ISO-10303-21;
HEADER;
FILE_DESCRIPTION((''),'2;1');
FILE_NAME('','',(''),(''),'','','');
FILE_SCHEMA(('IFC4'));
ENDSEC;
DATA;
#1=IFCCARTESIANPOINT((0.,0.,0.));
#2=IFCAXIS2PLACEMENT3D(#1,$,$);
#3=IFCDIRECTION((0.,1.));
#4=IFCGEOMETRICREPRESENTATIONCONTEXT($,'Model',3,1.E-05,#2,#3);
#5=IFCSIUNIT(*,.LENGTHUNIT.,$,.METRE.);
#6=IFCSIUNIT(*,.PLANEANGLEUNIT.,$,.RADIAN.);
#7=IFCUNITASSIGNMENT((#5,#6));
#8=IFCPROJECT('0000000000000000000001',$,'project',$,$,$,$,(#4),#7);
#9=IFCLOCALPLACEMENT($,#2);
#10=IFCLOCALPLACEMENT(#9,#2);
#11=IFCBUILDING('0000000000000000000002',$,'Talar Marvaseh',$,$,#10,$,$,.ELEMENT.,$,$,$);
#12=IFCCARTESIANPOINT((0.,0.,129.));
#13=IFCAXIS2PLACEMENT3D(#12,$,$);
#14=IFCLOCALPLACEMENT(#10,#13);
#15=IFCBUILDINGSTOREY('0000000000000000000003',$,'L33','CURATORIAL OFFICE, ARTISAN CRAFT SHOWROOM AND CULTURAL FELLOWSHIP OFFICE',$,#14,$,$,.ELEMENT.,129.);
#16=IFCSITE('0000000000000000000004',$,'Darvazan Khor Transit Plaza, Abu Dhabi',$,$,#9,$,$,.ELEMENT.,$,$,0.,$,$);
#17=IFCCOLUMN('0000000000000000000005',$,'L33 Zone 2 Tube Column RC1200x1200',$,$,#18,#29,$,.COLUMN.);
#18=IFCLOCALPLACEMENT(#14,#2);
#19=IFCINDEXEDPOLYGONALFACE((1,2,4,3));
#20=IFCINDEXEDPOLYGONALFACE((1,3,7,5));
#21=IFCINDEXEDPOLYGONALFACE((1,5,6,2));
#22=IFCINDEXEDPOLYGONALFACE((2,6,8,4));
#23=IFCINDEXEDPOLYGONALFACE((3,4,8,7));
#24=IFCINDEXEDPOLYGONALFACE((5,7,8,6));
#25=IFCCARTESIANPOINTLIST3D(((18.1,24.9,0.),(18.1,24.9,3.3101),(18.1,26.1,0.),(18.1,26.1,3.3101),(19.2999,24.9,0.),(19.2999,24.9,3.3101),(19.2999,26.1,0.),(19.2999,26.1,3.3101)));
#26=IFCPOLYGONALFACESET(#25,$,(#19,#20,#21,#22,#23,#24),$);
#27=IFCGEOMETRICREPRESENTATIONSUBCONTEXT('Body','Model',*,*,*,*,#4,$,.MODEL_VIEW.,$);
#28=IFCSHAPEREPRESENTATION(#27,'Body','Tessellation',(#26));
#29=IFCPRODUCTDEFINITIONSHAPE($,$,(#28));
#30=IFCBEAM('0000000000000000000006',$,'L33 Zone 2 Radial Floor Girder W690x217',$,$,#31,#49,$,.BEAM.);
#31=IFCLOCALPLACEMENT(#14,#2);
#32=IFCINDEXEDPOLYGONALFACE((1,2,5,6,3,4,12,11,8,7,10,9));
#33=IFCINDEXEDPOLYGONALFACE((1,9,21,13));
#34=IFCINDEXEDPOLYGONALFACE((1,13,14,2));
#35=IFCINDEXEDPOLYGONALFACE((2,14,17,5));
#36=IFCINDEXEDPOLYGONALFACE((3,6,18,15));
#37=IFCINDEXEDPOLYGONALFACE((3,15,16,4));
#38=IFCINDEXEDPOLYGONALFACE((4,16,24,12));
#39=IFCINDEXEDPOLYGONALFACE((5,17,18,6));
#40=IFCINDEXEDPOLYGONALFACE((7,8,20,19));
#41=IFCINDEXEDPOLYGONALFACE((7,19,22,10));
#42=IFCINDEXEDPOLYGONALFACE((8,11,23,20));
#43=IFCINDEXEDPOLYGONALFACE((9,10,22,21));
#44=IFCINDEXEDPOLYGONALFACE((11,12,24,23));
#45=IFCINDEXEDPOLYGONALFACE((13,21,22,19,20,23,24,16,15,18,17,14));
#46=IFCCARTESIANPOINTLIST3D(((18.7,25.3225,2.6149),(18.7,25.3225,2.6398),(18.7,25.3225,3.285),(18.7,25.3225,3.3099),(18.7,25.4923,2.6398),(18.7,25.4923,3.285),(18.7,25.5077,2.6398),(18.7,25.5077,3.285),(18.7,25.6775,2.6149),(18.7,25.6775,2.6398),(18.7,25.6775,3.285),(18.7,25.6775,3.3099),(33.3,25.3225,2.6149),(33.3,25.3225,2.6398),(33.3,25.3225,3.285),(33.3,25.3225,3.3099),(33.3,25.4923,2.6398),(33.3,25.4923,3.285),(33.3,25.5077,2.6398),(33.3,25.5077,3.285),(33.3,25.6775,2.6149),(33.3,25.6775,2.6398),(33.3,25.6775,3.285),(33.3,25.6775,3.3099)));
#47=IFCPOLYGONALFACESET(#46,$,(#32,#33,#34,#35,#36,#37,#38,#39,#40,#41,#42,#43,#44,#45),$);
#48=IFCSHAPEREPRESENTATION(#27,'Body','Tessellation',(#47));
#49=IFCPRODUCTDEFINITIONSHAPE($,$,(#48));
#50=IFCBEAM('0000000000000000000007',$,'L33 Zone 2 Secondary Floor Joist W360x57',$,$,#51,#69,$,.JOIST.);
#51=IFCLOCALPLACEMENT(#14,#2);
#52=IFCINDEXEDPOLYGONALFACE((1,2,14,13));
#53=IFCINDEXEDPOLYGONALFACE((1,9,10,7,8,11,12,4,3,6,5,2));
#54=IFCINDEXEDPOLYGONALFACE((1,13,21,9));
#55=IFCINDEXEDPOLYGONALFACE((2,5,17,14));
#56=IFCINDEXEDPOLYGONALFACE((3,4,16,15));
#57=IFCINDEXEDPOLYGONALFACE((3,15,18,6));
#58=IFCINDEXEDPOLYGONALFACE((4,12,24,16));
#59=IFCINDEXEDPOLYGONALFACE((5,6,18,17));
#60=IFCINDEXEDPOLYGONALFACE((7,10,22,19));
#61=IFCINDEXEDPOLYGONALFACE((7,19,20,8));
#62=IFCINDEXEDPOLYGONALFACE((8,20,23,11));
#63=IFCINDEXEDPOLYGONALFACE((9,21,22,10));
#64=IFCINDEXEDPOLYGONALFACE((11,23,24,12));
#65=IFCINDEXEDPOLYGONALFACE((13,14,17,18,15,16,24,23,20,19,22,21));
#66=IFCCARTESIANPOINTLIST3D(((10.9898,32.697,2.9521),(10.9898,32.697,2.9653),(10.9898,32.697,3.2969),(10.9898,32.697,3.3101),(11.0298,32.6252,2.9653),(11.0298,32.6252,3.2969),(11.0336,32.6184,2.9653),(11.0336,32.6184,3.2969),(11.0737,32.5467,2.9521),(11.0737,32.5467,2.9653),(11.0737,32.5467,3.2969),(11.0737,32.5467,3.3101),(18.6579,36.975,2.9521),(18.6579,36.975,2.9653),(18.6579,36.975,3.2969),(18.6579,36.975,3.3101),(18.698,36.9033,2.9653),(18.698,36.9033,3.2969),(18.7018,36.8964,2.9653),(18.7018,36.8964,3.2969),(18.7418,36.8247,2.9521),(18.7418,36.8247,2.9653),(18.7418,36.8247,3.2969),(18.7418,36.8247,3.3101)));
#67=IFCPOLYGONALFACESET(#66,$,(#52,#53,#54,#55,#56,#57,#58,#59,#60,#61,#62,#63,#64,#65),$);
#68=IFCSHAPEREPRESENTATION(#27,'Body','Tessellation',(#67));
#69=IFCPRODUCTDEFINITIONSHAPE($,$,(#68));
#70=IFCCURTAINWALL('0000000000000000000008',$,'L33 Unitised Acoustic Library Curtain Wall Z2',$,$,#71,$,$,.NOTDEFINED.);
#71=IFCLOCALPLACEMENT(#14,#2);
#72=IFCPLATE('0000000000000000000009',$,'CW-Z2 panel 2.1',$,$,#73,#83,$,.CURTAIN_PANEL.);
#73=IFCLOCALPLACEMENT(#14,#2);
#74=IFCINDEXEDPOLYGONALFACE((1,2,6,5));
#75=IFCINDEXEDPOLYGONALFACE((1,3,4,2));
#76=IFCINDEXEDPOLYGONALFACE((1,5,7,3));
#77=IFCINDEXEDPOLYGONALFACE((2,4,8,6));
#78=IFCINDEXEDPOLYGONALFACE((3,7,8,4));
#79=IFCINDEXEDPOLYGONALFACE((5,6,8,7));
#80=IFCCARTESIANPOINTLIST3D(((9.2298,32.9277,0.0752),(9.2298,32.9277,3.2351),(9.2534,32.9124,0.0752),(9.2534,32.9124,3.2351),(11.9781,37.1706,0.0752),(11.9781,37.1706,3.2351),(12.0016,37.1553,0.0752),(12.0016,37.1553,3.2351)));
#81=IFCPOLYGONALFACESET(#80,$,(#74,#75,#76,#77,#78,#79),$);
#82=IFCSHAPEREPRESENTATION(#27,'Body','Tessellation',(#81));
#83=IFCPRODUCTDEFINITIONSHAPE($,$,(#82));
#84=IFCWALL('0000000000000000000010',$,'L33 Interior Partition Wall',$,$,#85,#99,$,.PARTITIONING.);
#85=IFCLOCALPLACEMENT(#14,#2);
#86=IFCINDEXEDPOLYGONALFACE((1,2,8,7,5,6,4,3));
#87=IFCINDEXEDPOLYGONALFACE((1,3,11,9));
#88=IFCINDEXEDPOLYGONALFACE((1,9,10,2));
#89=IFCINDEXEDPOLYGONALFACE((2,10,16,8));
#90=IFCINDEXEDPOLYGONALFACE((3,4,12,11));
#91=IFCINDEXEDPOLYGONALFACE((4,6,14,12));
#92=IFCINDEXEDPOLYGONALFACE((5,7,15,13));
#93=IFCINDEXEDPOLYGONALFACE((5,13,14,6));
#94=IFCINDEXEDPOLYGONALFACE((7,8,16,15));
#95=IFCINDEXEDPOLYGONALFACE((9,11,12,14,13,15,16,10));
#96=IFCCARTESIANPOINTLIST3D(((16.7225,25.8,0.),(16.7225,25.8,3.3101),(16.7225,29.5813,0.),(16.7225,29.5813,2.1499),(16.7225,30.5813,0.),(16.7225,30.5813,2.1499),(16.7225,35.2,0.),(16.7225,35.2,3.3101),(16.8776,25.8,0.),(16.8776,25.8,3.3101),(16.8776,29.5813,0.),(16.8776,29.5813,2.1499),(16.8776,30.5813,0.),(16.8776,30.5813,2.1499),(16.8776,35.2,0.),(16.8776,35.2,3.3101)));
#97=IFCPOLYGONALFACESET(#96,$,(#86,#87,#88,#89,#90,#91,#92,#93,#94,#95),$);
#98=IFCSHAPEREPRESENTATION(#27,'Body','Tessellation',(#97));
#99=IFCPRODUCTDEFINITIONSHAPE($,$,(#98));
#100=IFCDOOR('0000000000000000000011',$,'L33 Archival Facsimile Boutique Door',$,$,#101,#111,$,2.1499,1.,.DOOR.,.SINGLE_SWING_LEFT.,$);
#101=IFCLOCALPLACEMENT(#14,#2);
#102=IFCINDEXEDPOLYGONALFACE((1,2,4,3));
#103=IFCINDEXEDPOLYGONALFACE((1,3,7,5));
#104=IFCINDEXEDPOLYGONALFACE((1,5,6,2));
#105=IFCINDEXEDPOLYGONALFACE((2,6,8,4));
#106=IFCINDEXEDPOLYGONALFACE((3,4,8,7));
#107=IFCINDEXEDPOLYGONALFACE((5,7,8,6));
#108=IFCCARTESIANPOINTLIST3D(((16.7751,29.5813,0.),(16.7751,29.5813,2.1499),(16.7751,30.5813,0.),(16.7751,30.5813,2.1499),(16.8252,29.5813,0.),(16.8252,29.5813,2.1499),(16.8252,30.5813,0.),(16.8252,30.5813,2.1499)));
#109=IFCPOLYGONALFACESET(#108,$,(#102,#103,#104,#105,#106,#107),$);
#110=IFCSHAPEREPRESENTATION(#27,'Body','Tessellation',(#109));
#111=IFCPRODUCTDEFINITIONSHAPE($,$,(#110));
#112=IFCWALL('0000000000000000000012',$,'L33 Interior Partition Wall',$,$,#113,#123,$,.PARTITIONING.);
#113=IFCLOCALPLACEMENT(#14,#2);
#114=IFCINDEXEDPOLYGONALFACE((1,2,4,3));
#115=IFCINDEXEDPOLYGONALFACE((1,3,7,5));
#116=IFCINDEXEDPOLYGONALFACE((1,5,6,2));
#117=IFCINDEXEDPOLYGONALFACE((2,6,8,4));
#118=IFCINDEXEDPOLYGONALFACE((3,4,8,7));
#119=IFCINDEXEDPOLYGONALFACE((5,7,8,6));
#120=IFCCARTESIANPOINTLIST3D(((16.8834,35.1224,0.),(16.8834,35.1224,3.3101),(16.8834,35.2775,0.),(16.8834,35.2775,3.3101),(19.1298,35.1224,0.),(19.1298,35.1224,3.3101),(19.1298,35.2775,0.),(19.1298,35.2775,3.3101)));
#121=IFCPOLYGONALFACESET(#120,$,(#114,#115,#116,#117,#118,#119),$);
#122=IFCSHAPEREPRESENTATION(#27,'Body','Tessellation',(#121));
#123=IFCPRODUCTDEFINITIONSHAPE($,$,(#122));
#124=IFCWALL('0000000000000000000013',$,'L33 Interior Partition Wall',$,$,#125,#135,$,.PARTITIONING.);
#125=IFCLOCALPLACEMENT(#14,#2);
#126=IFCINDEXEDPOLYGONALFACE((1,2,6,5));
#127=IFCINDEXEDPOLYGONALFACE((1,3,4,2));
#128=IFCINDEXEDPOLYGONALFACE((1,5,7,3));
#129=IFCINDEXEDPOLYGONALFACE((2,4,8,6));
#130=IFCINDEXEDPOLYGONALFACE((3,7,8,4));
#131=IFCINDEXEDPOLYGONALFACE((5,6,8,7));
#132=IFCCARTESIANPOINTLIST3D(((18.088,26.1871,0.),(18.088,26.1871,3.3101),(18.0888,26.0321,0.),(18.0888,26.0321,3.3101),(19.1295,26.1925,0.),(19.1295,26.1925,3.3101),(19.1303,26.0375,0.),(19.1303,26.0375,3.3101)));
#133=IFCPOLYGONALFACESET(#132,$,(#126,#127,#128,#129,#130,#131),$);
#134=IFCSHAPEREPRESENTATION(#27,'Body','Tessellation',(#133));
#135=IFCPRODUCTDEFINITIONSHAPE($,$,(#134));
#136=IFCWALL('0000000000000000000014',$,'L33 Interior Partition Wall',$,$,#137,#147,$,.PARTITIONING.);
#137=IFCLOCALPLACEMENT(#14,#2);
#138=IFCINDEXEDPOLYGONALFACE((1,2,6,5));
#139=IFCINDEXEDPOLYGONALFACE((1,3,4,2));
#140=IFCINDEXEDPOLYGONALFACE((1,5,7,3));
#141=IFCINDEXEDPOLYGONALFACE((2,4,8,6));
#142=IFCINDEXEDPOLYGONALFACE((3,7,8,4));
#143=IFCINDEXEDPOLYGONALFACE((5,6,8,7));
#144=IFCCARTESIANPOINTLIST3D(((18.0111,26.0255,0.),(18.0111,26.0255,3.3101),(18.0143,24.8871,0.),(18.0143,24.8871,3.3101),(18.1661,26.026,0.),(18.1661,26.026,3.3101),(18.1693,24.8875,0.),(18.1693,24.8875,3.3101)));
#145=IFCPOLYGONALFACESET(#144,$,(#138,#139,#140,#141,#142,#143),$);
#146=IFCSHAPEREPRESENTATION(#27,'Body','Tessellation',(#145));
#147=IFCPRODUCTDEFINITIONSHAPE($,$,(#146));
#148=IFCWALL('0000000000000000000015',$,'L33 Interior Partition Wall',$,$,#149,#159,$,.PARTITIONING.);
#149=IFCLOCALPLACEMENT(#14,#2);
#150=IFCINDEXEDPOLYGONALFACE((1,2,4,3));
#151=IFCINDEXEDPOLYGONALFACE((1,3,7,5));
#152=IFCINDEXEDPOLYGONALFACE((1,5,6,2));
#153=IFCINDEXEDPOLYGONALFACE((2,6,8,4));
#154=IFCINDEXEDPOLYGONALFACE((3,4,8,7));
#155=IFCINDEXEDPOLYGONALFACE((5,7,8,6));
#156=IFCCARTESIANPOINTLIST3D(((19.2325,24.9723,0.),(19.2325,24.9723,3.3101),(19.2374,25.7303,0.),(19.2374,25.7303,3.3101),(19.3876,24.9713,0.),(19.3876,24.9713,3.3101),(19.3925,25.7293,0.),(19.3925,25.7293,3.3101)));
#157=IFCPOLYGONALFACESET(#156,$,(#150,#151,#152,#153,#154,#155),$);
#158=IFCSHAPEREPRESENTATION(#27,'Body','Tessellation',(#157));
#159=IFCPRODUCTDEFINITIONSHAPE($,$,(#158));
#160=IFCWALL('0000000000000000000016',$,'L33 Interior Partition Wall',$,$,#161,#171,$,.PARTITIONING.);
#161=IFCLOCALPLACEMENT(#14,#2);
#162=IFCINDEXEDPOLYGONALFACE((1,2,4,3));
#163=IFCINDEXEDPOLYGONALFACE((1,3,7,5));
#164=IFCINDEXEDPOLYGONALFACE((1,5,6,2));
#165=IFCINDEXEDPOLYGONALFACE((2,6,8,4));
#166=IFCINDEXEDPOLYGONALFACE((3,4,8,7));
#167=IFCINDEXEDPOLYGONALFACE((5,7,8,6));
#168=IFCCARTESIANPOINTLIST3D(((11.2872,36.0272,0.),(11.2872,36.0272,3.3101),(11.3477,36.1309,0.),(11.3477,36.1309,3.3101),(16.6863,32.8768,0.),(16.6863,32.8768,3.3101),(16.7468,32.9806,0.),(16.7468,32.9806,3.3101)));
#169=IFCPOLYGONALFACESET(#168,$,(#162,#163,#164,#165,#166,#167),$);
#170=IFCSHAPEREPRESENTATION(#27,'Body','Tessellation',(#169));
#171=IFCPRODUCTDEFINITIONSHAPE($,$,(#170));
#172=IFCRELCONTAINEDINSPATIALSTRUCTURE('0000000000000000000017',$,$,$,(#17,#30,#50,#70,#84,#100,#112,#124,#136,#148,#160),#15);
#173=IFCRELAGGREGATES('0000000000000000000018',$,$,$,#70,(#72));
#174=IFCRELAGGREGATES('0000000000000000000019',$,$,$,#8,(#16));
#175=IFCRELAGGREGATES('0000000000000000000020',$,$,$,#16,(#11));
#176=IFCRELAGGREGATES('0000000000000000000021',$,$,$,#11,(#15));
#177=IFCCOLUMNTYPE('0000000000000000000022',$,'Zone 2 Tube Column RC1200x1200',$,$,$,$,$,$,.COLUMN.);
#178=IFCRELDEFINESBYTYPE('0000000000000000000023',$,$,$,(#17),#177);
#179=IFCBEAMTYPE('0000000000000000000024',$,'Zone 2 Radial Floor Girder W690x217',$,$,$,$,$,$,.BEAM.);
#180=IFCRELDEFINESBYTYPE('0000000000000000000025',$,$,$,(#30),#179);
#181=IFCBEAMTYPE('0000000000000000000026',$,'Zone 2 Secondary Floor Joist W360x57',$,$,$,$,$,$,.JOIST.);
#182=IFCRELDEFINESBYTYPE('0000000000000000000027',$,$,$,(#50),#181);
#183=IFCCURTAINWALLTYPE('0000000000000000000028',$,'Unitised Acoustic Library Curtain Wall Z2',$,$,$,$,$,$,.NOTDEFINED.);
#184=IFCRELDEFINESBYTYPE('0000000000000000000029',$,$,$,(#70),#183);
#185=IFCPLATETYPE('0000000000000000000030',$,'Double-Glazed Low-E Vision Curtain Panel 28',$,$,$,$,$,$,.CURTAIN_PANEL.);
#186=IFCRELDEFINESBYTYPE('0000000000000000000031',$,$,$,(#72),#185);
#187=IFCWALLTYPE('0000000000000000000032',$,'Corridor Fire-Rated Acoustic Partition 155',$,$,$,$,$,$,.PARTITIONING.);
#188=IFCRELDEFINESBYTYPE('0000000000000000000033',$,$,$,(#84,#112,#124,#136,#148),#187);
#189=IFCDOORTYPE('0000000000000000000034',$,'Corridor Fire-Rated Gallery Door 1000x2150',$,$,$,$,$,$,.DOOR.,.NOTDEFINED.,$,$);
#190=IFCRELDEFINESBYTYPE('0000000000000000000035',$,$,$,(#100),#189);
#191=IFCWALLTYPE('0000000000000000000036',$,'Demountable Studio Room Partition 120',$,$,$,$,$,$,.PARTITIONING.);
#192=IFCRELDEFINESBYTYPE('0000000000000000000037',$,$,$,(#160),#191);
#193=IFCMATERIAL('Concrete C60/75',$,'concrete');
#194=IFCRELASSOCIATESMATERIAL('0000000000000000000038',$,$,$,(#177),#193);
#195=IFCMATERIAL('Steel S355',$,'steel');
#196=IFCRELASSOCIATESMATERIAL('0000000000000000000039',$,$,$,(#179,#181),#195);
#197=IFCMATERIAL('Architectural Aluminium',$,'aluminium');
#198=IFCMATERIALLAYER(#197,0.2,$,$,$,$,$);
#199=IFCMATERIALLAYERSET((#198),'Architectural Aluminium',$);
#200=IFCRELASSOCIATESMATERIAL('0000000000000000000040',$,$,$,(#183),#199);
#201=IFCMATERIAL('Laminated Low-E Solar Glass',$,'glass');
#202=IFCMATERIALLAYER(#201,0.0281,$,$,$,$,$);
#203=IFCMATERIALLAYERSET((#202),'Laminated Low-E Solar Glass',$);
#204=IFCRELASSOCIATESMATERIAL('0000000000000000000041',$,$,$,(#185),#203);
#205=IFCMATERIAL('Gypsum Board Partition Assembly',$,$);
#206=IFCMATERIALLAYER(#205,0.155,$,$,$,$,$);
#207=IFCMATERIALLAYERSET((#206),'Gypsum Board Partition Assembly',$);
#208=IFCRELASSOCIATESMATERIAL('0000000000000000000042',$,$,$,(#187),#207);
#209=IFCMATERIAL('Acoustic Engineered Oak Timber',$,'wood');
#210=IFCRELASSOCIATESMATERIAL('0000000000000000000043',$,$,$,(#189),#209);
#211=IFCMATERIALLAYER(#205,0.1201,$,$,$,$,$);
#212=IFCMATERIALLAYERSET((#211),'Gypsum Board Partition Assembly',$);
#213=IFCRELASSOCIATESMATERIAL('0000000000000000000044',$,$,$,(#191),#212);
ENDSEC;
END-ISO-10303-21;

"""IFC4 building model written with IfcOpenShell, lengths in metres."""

from ifc_helpers import new_model, si_unit, direction, frame, frame_2d, origin, origin_2d, place, context, subcontext, project, spatial, rectangle, i_section, extrude, source, transform, mapped, material, layer, layer_set, material_profile, profile_set, type_object, type_shapes, element, fill, aggregate, save


model = new_model("IFC4")

# Units and contexts
model_context = context("Model", 3, precision=1e-05, world=origin(), true_north=direction((0.0, 1.0)))
body_context = subcontext(model_context, "Body", "Model", "MODEL_VIEW")
ifc_project = project(units=[si_unit("LENGTHUNIT", "METRE"), si_unit("PLANEANGLEUNIT", "RADIAN")], contexts=[model_context])

# Site, building, storey
site_placement = place(None, origin())
site = spatial("IfcSite", under=ifc_project, at=site_placement, Name="Darvazan Khor Transit Plaza, Abu Dhabi", CompositionType="ELEMENT", RefElevation=0.0)
building_placement = place(site_placement, origin())
building = spatial("IfcBuilding", under=site, at=building_placement, Name="Talar Marvaseh", CompositionType="ELEMENT")
storey_placement = place(building_placement, frame((0.0, 0.0, 129.0)))
storey = spatial("IfcBuildingStorey", under=building, at=storey_placement, Name="L33", Description="CURATORIAL OFFICE, ARTISAN CRAFT SHOWROOM AND CULTURAL FELLOWSHIP OFFICE", CompositionType="ELEMENT", Elevation=129.0)

# Column
ifc_material_1 = material(Name="Concrete C60/75", Category="concrete")
ifc_material_profile_1 = material_profile(ifc_material_1, rectangle(XDim=1.2, YDim=1.2, at=origin_2d()), Name="RC1200x1200")
ifc_profile_set_1 = profile_set([ifc_material_profile_1], Name="Concrete C60/75")
column_type = type_object("IfcColumnType", Name="Zone 2 Tube Column RC1200x1200", PredefinedType="COLUMN", material=ifc_profile_set_1)
column_placement = place(storey_placement, frame((18.7, 25.5, 0.0), z_axis=(0.0, 0.0, 1.0), x_axis=(1.0, 0.0, 0.0)))
element("IfcColumn", 1, at=column_placement, inside=storey, type_object=column_type, Name="L33 Zone 2 Tube Column RC1200x1200", PredefinedType="COLUMN", context=body_context, shape_type="SweptSolid", body=[
    extrude(rectangle(XDim=1.2, YDim=1.2, at=origin_2d()), origin(), (0.0, 0.0, 1.0), 3.3101),
])

# Beams
ifc_material_2 = material(Name="Steel S355", Category="steel")
ifc_material_profile_2 = material_profile(ifc_material_2, i_section(OverallWidth=0.355, OverallDepth=0.6951, WebThickness=0.0154, FlangeThickness=0.0249, at=origin_2d()), Name="W690x217")
ifc_profile_set_2 = profile_set([ifc_material_profile_2], Name="Steel S355")
beam_type_1 = type_object("IfcBeamType", Name="Zone 2 Radial Floor Girder W690x217", PredefinedType="BEAM", material=ifc_profile_set_2)
beam_1_placement = place(storey_placement, frame((18.7, 25.5, 2.9624), z_axis=(1.0, 0.0, 0.0), x_axis=(0.0, 1.0, 0.0)))
element("IfcBeam", 2, at=beam_1_placement, inside=storey, type_object=beam_type_1, Name="L33 Zone 2 Radial Floor Girder W690x217", PredefinedType="BEAM", context=body_context, shape_type="SweptSolid", body=[
    extrude(i_section(OverallWidth=0.355, OverallDepth=0.6951, WebThickness=0.0154, FlangeThickness=0.0249, at=origin_2d()), origin(), (0.0, 0.0, 1.0), 14.6001),
])
ifc_material_profile_3 = material_profile(ifc_material_2, i_section(OverallWidth=0.1721, OverallDepth=0.3579, WebThickness=0.0078, FlangeThickness=0.0132, at=origin_2d()), Name="W360x57")
ifc_profile_set_3 = profile_set([ifc_material_profile_3], Name="Steel S355")
beam_type_2 = type_object("IfcBeamType", Name="Zone 2 Secondary Floor Joist W360x57", PredefinedType="JOIST", material=ifc_profile_set_3)
beam_2_placement = place(storey_placement, frame((11.0317, 32.6218, 3.1311), z_axis=(0.873288, 0.487205, 0.0), x_axis=(-0.487205, 0.873288, 0.0)))
element("IfcBeam", 3, at=beam_2_placement, inside=storey, type_object=beam_type_2, Name="L33 Zone 2 Secondary Floor Joist W360x57", PredefinedType="JOIST", context=body_context, shape_type="SweptSolid", body=[
    extrude(i_section(OverallWidth=0.1721, OverallDepth=0.3579, WebThickness=0.0078, FlangeThickness=0.0132, at=origin_2d()), origin(), (0.0, 0.0, 1.0), 8.7808),
])

# Curtain wall, plate
ifc_material_3 = material(Name="Architectural Aluminium", Category="aluminium")
ifc_layer_1 = layer(ifc_material_3, 0.2)
ifc_layer_set_1 = layer_set([ifc_layer_1], Name="Architectural Aluminium")
curtain_wall_type = type_object("IfcCurtainWallType", Name="Unitised Acoustic Library Curtain Wall Z2", PredefinedType="NOTDEFINED", material=ifc_layer_set_1)
curtain_wall_placement = place(storey_placement, origin())
curtain_wall = element("IfcCurtainWall", 4, at=curtain_wall_placement, inside=storey, type_object=curtain_wall_type, Name="L33 Unitised Acoustic Library Curtain Wall Z2", PredefinedType="NOTDEFINED")
ifc_material_4 = material(Name="Laminated Low-E Solar Glass", Category="glass")
ifc_layer_2 = layer(ifc_material_4, 0.0281)
ifc_layer_set_2 = layer_set([ifc_layer_2], Name="Laminated Low-E Solar Glass")
plate_type = type_object("IfcPlateType", Name="Double-Glazed Low-E Vision Curtain Panel 28", PredefinedType="CURTAIN_PANEL", material=ifc_layer_set_2)
shared_shape_1 = source(origin(), body_context, "Body", "SweptSolid", [
    extrude(rectangle(XDim=5.0552, YDim=0.0281, at=origin_2d()), origin(), (0.0, 0.0, 1.0), 3.1599),
])
type_shapes(plate_type, [shared_shape_1])
plate_placement = place(storey_placement, frame((10.6157, 35.0415, 0.0752), z_axis=(0.0, 0.0, 1.0), x_axis=(0.543646, 0.839315, 0.0)))
plate = element("IfcPlate", 5, at=plate_placement, type_object=plate_type, Name="CW-Z2 panel 2.1", PredefinedType="CURTAIN_PANEL", context=body_context, shape_type="MappedRepresentation", body=[
    mapped(shared_shape_1, transform((0.0, 0.0, 0.0), x_axis=(1.0, 0.0, 0.0), y_axis=(0.0, 1.0, 0.0), z_axis=(0.0, 0.0, 1.0), scale=1.0)),
])
aggregate(curtain_wall, [plate])

# Wall, opening, door
ifc_material_5 = material(Name="Gypsum Board Partition Assembly")
ifc_layer_3 = layer(ifc_material_5, 0.155)
ifc_layer_set_3 = layer_set([ifc_layer_3], Name="Gypsum Board Partition Assembly")
wall_type_1 = type_object("IfcWallType", Name="Corridor Fire-Rated Acoustic Partition 155", PredefinedType="PARTITIONING", material=ifc_layer_set_3)
wall_1_placement = place(storey_placement, frame((16.8, 25.8, 0.0), z_axis=(0.0, 0.0, 1.0), x_axis=(0.0, 1.0, 0.0)))
wall_1 = element("IfcWall", 6, at=wall_1_placement, inside=storey, type_object=wall_type_1, Name="L33 Interior Partition Wall", PredefinedType="PARTITIONING", context=body_context, shape_type="SweptSolid", body=[
    extrude(rectangle(XDim=9.3999, YDim=0.155, at=frame_2d((4.7, 0.0))), origin(), (0.0, 0.0, 1.0), 3.3101),
])
opening_placement = place(wall_1_placement, frame((3.7812, 0.0, 0.0)))
opening = element("IfcOpeningElement", 7, at=opening_placement, cuts=wall_1, PredefinedType="OPENING", context=body_context, shape_type="SweptSolid", body=[
    extrude(rectangle(XDim=1.0, YDim=2.1499, at=frame_2d((0.5, 1.075))), frame((0.0, 0.0874, 0.0), z_axis=(0.0, -1.0, 0.0), x_axis=(1.0, 0.0, 0.0)), (0.0, 0.0, 1.0), 0.175),
])
ifc_material_6 = material(Name="Acoustic Engineered Oak Timber", Category="wood")
door_type = type_object("IfcDoorType", Name="Corridor Fire-Rated Gallery Door 1000x2150", OperationType="NOTDEFINED", PredefinedType="DOOR", material=ifc_material_6)
shared_shape_2 = source(origin(), body_context, "Body", "SweptSolid", [
    extrude(rectangle(XDim=1.0, YDim=2.1499, at=frame_2d((0.5, 1.075))), frame((0.0, 0.0249, 0.0), z_axis=(0.0, -1.0, 0.0), x_axis=(1.0, 0.0, 0.0)), (0.0, 0.0, 1.0), 0.05),
])
type_shapes(door_type, [shared_shape_2])
door_placement = place(opening_placement, origin())
door = element("IfcDoor", 8, at=door_placement, inside=storey, type_object=door_type, Name="L33 Archival Facsimile Boutique Door", OperationType="SINGLE_SWING_LEFT", OverallHeight=2.1499, OverallWidth=1.0, PredefinedType="DOOR", context=body_context, shape_type="MappedRepresentation", body=[
    mapped(shared_shape_2, transform((0.0, 0.0, 0.0), x_axis=(1.0, 0.0, 0.0), y_axis=(0.0, 1.0, 0.0), z_axis=(0.0, 0.0, 1.0), scale=1.0)),
])
fill(opening, door)

# Walls
wall_2_placement = place(storey_placement, frame((16.8835, 35.2, 0.0), z_axis=(0.0, 0.0, 1.0), x_axis=(1.0, 0.0, 0.0)))
element("IfcWall", 9, at=wall_2_placement, inside=storey, type_object=wall_type_1, Name="L33 Interior Partition Wall", PredefinedType="PARTITIONING", context=body_context, shape_type="SweptSolid", body=[
    extrude(rectangle(XDim=2.2463, YDim=0.155, at=frame_2d((1.123, 0.0))), origin(), (0.0, 0.0, 1.0), 3.3101),
])
wall_3_placement = place(storey_placement, frame((19.1299, 26.115, 0.0), z_axis=(0.0, 0.0, 1.0), x_axis=(-0.999987, -0.005157, 0.0)))
element("IfcWall", 10, at=wall_3_placement, inside=storey, type_object=wall_type_1, Name="L33 Interior Partition Wall", PredefinedType="PARTITIONING", context=body_context, shape_type="SweptSolid", body=[
    extrude(rectangle(XDim=1.0415, YDim=0.155, at=frame_2d((0.5208, 0.0))), origin(), (0.0, 0.0, 1.0), 3.3101),
])
wall_4_placement = place(storey_placement, frame((18.0886, 26.0259, 0.0), z_axis=(0.0, 0.0, 1.0), x_axis=(0.002788, -0.999996, 0.0)))
element("IfcWall", 11, at=wall_4_placement, inside=storey, type_object=wall_type_1, Name="L33 Interior Partition Wall", PredefinedType="PARTITIONING", context=body_context, shape_type="SweptSolid", body=[
    extrude(rectangle(XDim=1.1384, YDim=0.155, at=frame_2d((0.5693, 0.0))), origin(), (0.0, 0.0, 1.0), 3.3101),
])
wall_5_placement = place(storey_placement, frame((19.3101, 24.9719, 0.0), z_axis=(0.0, 0.0, 1.0), x_axis=(0.006441, 0.999979, 0.0)))
element("IfcWall", 12, at=wall_5_placement, inside=storey, type_object=wall_type_1, Name="L33 Interior Partition Wall", PredefinedType="PARTITIONING", context=body_context, shape_type="SweptSolid", body=[
    extrude(rectangle(XDim=0.7581, YDim=0.155, at=frame_2d((0.3789, 0.0))), origin(), (0.0, 0.0, 1.0), 3.3101),
])
ifc_layer_4 = layer(ifc_material_5, 0.1201)
ifc_layer_set_4 = layer_set([ifc_layer_4], Name="Gypsum Board Partition Assembly")
wall_type_2 = type_object("IfcWallType", Name="Demountable Studio Room Partition 120", PredefinedType="PARTITIONING", material=ifc_layer_set_4)
wall_6_placement = place(storey_placement, frame((16.7166, 32.9287, 0.0), z_axis=(0.0, 0.0, 1.0), x_axis=(-0.863718, 0.503975, 0.0)))
element("IfcWall", 13, at=wall_6_placement, inside=storey, type_object=wall_type_2, Name="L33 Interior Partition Wall", PredefinedType="PARTITIONING", context=body_context, shape_type="SweptSolid", body=[
    extrude(rectangle(XDim=6.251, YDim=0.1201, at=frame_2d((3.1255, 0.0))), origin(), (0.0, 0.0, 1.0), 3.3101),
])

save(model, "model.ifc")
